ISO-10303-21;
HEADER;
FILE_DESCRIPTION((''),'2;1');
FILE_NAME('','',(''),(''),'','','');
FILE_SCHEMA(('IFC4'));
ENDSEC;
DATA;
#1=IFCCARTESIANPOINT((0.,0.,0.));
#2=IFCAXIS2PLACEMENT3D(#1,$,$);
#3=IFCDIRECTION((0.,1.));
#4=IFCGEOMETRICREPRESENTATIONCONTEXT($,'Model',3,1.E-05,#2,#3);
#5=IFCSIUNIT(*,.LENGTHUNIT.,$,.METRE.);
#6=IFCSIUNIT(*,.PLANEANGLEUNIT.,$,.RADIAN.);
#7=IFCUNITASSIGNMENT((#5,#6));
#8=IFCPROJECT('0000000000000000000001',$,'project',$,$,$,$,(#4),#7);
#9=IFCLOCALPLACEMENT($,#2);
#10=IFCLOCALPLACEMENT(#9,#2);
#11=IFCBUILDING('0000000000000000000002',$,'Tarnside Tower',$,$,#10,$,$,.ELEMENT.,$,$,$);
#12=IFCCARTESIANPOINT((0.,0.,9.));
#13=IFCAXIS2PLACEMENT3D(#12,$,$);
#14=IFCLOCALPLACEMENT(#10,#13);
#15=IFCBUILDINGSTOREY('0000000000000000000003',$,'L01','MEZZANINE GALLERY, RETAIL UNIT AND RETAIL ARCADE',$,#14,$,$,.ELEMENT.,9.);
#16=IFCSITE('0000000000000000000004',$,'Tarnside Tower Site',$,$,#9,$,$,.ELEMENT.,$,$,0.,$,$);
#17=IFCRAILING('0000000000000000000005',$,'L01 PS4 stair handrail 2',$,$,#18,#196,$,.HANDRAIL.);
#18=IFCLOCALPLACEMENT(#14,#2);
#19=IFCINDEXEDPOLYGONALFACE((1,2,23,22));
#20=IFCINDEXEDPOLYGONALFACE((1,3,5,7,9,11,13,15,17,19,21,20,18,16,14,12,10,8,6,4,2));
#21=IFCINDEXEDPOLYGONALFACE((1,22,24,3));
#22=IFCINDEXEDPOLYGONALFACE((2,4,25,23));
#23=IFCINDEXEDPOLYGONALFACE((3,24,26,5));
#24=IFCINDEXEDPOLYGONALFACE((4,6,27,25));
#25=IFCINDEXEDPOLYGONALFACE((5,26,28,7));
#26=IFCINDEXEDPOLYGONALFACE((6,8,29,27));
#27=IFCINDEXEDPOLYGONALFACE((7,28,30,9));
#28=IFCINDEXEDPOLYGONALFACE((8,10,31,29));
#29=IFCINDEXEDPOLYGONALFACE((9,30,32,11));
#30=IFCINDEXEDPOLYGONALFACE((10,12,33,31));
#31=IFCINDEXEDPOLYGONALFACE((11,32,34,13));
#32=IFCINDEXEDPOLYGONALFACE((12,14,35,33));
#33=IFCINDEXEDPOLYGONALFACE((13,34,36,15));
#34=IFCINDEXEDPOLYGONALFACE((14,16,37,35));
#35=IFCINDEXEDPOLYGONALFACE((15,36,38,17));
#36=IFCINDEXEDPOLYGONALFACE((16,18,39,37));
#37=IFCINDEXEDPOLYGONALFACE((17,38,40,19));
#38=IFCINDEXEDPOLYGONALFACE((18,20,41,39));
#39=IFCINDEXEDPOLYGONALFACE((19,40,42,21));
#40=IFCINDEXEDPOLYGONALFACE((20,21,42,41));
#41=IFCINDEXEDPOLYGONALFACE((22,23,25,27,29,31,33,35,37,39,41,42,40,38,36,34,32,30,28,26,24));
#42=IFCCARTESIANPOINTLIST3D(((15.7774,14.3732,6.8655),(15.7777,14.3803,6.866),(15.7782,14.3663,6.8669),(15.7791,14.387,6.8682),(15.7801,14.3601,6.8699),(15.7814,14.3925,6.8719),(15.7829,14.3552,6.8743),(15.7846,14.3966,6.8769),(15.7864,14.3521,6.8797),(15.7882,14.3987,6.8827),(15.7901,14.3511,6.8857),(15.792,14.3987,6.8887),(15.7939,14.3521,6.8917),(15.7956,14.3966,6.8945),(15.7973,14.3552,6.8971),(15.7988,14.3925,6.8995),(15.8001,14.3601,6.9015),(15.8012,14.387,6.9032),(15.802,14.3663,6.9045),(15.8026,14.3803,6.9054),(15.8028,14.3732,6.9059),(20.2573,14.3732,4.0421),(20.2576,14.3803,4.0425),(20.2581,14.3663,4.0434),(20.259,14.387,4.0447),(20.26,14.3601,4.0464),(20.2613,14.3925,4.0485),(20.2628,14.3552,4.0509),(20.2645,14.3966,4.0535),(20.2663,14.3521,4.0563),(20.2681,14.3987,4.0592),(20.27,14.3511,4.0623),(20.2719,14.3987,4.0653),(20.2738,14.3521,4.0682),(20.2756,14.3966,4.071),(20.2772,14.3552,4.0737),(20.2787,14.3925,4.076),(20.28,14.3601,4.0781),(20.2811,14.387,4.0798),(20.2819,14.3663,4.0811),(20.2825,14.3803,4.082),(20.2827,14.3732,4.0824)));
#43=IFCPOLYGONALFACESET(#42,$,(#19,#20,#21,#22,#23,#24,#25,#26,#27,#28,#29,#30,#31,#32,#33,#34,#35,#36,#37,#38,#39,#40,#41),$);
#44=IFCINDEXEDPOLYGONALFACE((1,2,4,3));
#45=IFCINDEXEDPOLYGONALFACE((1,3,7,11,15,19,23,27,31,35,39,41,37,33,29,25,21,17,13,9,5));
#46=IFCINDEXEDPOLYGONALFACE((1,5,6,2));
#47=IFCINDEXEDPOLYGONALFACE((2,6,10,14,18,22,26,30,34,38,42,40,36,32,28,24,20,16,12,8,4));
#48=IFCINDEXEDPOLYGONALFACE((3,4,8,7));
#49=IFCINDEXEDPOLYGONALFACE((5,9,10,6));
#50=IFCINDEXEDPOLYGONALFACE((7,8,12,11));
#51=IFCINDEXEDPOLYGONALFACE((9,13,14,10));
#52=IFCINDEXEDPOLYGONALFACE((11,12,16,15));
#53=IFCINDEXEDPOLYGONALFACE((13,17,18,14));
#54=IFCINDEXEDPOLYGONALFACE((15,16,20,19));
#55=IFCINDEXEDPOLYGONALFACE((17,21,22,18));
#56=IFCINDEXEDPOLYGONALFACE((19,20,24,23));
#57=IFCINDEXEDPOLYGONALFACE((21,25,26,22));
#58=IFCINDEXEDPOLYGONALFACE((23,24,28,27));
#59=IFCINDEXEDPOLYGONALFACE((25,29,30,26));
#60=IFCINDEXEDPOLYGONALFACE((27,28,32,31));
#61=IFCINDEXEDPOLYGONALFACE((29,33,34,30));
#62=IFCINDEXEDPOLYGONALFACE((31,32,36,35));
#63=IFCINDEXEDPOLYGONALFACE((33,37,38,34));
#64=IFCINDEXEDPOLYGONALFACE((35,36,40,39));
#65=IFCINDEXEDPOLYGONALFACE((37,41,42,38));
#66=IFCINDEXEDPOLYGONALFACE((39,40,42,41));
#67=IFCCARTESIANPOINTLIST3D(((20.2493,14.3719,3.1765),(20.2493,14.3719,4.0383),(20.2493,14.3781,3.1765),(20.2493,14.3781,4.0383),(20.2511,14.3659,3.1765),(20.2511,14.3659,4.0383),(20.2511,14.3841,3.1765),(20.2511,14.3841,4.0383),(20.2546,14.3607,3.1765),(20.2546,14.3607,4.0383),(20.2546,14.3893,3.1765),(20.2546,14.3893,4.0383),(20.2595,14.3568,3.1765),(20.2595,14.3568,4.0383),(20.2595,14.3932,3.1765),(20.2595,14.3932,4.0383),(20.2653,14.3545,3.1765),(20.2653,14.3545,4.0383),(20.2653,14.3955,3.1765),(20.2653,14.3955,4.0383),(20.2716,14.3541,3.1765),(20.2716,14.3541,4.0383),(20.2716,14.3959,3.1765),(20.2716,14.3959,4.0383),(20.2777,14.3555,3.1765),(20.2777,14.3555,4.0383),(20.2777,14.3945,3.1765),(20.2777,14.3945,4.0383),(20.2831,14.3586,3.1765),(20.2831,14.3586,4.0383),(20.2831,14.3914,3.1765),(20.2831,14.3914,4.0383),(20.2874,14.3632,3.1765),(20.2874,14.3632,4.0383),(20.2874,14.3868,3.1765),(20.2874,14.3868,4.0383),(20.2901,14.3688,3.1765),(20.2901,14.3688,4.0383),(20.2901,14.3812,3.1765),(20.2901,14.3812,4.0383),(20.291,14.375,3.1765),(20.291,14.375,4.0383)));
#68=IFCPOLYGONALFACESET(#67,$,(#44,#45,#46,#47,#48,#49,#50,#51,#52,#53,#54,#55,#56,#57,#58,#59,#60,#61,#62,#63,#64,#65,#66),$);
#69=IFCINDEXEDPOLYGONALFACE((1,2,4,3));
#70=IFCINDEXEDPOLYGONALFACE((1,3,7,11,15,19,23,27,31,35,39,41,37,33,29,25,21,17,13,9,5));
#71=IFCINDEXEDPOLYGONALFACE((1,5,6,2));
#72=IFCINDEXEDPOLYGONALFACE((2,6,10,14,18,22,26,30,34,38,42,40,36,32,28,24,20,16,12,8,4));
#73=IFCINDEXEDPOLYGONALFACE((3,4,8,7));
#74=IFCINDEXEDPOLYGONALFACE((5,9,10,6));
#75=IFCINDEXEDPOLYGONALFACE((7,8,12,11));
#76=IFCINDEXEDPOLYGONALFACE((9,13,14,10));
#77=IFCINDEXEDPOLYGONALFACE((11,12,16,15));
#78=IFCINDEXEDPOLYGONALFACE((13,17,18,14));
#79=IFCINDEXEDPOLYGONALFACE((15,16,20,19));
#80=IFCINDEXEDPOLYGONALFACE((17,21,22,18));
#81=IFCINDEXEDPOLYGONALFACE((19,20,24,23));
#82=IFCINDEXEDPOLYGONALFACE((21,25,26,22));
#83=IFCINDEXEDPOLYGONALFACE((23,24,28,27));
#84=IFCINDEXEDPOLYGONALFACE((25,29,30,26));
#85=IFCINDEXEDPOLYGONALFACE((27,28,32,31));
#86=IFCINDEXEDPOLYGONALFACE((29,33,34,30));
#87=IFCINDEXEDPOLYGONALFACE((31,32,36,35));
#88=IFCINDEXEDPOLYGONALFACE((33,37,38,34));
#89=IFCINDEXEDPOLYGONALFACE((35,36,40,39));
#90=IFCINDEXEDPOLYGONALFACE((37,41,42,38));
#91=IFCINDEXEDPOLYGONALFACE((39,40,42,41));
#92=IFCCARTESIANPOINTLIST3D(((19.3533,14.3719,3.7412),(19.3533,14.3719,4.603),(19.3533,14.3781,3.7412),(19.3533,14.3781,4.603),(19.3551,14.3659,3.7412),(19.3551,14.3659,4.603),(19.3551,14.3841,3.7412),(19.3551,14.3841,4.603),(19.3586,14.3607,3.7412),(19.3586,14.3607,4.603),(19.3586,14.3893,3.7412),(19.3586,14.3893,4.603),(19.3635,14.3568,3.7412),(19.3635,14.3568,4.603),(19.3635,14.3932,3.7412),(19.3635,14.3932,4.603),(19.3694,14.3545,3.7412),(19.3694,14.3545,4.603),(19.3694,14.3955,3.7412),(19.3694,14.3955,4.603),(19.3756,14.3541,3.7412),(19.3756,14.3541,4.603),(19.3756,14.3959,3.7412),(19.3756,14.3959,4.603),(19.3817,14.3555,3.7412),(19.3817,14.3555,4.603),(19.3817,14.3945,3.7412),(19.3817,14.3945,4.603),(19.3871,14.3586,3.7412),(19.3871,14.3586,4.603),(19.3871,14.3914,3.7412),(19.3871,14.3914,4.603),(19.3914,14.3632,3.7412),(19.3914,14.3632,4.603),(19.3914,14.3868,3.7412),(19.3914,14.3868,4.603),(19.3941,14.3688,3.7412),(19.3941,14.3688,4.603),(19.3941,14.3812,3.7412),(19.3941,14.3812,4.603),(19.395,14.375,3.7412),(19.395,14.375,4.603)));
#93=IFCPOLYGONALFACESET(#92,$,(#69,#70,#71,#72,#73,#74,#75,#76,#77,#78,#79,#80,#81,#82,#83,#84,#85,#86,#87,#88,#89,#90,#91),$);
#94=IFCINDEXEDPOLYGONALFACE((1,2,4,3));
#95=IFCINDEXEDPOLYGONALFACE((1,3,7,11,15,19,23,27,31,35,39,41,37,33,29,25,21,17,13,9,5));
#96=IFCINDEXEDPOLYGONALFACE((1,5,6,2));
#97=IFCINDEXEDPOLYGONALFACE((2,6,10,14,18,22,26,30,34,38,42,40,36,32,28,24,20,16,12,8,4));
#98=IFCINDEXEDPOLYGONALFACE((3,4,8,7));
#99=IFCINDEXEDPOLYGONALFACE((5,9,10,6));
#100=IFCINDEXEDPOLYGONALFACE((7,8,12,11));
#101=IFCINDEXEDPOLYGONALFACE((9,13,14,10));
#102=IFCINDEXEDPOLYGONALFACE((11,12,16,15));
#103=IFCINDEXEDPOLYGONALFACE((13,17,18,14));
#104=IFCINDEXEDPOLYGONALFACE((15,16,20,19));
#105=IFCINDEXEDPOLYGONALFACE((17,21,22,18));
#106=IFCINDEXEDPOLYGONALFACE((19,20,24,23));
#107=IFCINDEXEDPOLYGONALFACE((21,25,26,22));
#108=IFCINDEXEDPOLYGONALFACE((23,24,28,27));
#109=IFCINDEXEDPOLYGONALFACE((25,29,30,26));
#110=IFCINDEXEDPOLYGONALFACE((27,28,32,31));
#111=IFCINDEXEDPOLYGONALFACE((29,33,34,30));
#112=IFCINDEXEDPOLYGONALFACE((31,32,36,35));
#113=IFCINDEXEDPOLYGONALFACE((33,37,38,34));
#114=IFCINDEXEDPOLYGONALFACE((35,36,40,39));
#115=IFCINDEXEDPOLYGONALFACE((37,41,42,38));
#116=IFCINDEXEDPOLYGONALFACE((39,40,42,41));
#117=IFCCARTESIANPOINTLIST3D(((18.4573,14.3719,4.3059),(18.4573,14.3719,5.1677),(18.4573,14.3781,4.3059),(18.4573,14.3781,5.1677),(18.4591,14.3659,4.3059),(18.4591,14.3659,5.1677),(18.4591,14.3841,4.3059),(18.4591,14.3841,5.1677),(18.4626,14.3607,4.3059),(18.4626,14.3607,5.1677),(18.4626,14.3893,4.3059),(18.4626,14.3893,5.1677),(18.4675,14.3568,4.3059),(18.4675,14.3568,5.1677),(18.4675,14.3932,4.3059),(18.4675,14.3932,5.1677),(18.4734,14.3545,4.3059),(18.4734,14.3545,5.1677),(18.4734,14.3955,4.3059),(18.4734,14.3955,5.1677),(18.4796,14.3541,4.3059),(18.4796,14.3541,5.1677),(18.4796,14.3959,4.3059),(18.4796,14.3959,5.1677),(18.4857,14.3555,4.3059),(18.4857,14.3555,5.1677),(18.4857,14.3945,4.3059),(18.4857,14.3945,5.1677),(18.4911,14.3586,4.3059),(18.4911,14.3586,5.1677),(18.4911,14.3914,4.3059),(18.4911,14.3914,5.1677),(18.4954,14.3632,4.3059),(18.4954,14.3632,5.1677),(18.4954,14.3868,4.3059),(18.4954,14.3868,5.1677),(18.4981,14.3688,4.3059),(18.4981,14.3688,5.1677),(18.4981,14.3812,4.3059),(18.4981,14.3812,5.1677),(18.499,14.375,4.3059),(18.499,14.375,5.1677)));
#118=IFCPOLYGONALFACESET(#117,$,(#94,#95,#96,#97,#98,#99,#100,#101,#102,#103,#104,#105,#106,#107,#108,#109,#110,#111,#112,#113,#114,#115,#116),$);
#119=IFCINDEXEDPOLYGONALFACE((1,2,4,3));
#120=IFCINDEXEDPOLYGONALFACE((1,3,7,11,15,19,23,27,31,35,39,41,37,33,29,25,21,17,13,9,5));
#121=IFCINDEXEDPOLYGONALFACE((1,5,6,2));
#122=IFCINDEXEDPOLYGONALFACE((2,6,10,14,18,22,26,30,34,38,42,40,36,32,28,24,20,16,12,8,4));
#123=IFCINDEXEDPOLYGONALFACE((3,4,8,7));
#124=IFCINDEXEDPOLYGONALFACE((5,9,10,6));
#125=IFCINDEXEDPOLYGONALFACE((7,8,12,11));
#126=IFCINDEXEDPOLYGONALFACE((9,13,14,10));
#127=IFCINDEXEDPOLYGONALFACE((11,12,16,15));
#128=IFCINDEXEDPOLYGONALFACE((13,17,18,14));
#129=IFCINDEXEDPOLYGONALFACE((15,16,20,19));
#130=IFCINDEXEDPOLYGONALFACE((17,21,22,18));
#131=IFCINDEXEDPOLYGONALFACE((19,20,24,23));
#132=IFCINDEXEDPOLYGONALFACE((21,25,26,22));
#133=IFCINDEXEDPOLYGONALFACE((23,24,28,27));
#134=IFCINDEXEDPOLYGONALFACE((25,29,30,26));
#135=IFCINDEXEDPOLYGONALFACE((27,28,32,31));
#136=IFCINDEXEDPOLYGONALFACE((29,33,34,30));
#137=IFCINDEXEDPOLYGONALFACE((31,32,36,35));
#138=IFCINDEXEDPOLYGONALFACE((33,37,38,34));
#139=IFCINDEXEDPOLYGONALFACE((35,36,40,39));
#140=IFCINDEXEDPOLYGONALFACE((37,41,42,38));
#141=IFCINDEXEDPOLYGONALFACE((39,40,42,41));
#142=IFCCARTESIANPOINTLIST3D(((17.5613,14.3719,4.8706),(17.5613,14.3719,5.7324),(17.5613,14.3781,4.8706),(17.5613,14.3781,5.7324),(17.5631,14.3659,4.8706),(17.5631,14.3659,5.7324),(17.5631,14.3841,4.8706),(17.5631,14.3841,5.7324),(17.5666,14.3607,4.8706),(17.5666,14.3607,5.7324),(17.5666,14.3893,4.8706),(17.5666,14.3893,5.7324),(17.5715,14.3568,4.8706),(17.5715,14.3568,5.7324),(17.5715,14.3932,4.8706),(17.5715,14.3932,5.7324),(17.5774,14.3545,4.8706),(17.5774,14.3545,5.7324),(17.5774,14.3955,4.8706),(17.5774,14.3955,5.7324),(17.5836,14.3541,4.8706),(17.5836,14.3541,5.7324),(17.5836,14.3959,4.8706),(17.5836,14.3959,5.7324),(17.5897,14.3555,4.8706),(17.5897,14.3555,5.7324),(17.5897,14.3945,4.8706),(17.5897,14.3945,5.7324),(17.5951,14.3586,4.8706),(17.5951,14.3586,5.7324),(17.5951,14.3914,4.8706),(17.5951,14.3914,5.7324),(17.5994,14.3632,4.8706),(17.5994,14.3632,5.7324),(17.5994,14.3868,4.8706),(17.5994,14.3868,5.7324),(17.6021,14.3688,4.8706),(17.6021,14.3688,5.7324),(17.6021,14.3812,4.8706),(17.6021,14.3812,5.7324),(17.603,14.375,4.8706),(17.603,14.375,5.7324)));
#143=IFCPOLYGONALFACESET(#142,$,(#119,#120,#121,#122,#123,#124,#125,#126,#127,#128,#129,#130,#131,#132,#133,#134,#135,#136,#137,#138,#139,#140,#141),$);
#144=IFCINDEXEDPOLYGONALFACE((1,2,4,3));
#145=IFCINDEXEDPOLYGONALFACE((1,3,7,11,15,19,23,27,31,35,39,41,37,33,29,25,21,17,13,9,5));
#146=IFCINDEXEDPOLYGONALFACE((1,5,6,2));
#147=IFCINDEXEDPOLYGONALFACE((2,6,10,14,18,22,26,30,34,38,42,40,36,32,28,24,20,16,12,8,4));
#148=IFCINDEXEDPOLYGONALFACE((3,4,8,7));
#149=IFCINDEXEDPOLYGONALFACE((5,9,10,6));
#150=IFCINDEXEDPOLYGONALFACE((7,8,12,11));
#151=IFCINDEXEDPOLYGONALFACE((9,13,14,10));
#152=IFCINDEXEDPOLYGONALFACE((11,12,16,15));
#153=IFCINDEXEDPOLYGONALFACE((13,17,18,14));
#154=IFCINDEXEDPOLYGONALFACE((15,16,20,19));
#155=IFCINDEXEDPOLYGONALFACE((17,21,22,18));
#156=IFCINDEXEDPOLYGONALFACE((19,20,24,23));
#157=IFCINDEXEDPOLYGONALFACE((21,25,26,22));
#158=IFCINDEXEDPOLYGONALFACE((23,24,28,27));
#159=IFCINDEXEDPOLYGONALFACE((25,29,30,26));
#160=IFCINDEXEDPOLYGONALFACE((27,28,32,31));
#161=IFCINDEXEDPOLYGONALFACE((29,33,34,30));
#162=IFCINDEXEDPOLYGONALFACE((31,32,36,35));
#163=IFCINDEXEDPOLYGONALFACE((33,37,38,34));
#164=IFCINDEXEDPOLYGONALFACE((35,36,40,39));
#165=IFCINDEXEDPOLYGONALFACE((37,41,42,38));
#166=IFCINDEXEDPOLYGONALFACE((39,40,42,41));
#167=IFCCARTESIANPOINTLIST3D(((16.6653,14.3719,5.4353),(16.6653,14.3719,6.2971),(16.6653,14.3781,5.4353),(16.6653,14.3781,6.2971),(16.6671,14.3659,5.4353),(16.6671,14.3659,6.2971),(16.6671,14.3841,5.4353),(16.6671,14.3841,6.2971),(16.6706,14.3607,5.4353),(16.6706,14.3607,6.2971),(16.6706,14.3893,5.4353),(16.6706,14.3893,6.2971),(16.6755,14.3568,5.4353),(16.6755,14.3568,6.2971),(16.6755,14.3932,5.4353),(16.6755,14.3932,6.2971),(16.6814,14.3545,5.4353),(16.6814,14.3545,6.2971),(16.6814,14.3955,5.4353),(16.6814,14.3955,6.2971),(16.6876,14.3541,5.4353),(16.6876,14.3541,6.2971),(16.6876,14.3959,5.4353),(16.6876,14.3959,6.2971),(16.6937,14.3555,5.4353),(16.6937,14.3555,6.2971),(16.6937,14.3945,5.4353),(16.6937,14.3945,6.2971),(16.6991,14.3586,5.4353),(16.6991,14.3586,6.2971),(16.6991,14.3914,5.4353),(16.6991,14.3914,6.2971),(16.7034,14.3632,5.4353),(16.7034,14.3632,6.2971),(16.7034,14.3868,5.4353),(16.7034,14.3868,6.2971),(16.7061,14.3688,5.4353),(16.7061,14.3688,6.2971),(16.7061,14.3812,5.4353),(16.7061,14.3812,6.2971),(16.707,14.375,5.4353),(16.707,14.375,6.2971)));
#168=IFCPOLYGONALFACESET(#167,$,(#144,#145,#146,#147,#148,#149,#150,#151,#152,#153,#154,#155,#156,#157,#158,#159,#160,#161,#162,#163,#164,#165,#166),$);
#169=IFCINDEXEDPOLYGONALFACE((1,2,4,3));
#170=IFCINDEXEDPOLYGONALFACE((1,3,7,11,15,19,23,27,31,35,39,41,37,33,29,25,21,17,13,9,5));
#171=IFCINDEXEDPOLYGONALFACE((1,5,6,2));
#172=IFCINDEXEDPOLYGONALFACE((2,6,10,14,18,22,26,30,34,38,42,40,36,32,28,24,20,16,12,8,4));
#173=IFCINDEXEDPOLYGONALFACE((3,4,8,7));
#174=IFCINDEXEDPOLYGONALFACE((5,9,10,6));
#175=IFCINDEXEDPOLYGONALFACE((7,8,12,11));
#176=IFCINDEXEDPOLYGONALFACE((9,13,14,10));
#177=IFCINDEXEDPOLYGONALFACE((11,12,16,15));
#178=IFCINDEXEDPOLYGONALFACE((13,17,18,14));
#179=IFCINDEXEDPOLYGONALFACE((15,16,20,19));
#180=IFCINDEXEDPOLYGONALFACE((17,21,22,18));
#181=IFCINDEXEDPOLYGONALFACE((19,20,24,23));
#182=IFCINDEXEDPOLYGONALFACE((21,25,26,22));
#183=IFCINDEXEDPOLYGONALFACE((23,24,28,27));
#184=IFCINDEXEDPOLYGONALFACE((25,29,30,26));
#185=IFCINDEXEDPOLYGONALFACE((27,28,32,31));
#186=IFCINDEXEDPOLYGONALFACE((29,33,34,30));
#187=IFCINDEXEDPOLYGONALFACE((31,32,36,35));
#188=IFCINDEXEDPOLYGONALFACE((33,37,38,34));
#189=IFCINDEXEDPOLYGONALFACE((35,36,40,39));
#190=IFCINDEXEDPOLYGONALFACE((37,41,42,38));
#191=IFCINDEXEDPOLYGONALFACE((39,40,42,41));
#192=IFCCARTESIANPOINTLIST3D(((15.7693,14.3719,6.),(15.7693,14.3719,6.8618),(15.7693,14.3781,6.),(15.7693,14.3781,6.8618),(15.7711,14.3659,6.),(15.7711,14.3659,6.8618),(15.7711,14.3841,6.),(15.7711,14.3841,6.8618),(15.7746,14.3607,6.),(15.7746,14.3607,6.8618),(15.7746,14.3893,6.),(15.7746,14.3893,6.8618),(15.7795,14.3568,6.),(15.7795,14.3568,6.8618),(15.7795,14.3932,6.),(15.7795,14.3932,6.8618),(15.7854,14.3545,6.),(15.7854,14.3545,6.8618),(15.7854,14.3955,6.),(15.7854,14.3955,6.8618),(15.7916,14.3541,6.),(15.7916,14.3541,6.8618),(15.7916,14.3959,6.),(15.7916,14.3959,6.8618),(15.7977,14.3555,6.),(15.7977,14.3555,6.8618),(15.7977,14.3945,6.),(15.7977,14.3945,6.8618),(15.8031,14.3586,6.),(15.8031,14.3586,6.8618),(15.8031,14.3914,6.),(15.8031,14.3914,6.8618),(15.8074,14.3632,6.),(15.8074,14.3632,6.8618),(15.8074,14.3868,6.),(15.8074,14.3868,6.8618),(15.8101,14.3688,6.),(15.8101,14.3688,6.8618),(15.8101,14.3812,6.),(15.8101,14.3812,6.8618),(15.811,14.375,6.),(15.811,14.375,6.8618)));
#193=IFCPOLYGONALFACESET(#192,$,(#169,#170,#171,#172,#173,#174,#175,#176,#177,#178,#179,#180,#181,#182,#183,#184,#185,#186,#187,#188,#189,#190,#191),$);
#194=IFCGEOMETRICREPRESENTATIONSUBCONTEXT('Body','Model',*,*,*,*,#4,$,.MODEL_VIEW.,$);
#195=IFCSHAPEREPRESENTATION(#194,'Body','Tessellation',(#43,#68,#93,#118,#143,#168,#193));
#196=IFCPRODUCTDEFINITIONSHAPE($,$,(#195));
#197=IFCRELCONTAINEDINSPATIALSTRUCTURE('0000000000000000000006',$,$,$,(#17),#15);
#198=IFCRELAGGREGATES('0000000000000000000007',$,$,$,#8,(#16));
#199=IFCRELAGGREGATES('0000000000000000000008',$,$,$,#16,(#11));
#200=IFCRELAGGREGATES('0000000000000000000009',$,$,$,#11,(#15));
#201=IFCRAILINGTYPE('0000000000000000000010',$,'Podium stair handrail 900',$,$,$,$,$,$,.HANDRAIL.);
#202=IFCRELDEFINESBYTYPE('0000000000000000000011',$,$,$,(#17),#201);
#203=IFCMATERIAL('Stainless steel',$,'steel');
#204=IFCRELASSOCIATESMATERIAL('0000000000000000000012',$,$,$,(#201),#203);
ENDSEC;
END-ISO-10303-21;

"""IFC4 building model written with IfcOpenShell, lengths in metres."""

from ifc_helpers import new_model, si_unit, direction, frame, origin, origin_2d, place, context, subcontext, project, spatial, circle, extrude, material, type_object, element, save


model = new_model("IFC4")

# Units and contexts
model_context = context("Model", 3, precision=1e-05, world=origin(), true_north=direction((0.0, 1.0)))
body_context = subcontext(model_context, "Body", "Model", "MODEL_VIEW")
ifc_project = project(units=[si_unit("LENGTHUNIT", "METRE"), si_unit("PLANEANGLEUNIT", "RADIAN")], contexts=[model_context])

# Site, building, storey
site_placement = place(None, origin())
site = spatial("IfcSite", under=ifc_project, at=site_placement, Name="Tarnside Tower Site", CompositionType="ELEMENT", RefElevation=0.0)
building_placement = place(site_placement, origin())
building = spatial("IfcBuilding", under=site, at=building_placement, Name="Tarnside Tower", CompositionType="ELEMENT")
storey_placement = place(building_placement, frame((0.0, 0.0, 9.0)))
storey = spatial("IfcBuildingStorey", under=building, at=storey_placement, Name="L01", Description="MEZZANINE GALLERY, RETAIL UNIT AND RETAIL ARCADE", CompositionType="ELEMENT", Elevation=9.0)

# Railing
ifc_material_1 = material(Name="Stainless steel", Category="steel")
railing_type_1 = type_object("IfcRailingType", Name="Podium stair handrail 900", PredefinedType="HANDRAIL", material=ifc_material_1)
railing_1_placement = place(storey_placement, frame((20.27, 14.375, 3.1765)))
element("IfcRailing", 1, at=railing_1_placement, inside=storey, type_object=railing_type_1, Name="L01 PS4 stair handrail 2", PredefinedType="HANDRAIL", context=body_context, shape_type="SweptSolid", body=[
    extrude(circle(Radius=0.0239, at=origin_2d()), frame((0.0, 0.0, 0.8857), z_axis=(-0.845998, 0.0, 0.533186), x_axis=(0.0, -1.0, 0.0)), (0.0, 0.0, 1.0), 5.2954),
    extrude(circle(Radius=0.021, at=origin_2d()), origin(), (0.0, 0.0, 1.0), 0.8618),
    extrude(circle(Radius=0.021, at=origin_2d()), frame((-0.896, 0.0, 0.5647)), (0.0, 0.0, 1.0), 0.8618),
    extrude(circle(Radius=0.021, at=origin_2d()), frame((-1.792, 0.0, 1.1294)), (0.0, 0.0, 1.0), 0.8618),
    extrude(circle(Radius=0.021, at=origin_2d()), frame((-2.688, 0.0, 1.6941)), (0.0, 0.0, 1.0), 0.8618),
    extrude(circle(Radius=0.021, at=origin_2d()), frame((-3.584, 0.0, 2.2588)), (0.0, 0.0, 1.0), 0.8618),
    extrude(circle(Radius=0.021, at=origin_2d()), frame((-4.48, 0.0, 2.8235)), (0.0, 0.0, 1.0), 0.8618),
])

save(model, "model.ifc")
